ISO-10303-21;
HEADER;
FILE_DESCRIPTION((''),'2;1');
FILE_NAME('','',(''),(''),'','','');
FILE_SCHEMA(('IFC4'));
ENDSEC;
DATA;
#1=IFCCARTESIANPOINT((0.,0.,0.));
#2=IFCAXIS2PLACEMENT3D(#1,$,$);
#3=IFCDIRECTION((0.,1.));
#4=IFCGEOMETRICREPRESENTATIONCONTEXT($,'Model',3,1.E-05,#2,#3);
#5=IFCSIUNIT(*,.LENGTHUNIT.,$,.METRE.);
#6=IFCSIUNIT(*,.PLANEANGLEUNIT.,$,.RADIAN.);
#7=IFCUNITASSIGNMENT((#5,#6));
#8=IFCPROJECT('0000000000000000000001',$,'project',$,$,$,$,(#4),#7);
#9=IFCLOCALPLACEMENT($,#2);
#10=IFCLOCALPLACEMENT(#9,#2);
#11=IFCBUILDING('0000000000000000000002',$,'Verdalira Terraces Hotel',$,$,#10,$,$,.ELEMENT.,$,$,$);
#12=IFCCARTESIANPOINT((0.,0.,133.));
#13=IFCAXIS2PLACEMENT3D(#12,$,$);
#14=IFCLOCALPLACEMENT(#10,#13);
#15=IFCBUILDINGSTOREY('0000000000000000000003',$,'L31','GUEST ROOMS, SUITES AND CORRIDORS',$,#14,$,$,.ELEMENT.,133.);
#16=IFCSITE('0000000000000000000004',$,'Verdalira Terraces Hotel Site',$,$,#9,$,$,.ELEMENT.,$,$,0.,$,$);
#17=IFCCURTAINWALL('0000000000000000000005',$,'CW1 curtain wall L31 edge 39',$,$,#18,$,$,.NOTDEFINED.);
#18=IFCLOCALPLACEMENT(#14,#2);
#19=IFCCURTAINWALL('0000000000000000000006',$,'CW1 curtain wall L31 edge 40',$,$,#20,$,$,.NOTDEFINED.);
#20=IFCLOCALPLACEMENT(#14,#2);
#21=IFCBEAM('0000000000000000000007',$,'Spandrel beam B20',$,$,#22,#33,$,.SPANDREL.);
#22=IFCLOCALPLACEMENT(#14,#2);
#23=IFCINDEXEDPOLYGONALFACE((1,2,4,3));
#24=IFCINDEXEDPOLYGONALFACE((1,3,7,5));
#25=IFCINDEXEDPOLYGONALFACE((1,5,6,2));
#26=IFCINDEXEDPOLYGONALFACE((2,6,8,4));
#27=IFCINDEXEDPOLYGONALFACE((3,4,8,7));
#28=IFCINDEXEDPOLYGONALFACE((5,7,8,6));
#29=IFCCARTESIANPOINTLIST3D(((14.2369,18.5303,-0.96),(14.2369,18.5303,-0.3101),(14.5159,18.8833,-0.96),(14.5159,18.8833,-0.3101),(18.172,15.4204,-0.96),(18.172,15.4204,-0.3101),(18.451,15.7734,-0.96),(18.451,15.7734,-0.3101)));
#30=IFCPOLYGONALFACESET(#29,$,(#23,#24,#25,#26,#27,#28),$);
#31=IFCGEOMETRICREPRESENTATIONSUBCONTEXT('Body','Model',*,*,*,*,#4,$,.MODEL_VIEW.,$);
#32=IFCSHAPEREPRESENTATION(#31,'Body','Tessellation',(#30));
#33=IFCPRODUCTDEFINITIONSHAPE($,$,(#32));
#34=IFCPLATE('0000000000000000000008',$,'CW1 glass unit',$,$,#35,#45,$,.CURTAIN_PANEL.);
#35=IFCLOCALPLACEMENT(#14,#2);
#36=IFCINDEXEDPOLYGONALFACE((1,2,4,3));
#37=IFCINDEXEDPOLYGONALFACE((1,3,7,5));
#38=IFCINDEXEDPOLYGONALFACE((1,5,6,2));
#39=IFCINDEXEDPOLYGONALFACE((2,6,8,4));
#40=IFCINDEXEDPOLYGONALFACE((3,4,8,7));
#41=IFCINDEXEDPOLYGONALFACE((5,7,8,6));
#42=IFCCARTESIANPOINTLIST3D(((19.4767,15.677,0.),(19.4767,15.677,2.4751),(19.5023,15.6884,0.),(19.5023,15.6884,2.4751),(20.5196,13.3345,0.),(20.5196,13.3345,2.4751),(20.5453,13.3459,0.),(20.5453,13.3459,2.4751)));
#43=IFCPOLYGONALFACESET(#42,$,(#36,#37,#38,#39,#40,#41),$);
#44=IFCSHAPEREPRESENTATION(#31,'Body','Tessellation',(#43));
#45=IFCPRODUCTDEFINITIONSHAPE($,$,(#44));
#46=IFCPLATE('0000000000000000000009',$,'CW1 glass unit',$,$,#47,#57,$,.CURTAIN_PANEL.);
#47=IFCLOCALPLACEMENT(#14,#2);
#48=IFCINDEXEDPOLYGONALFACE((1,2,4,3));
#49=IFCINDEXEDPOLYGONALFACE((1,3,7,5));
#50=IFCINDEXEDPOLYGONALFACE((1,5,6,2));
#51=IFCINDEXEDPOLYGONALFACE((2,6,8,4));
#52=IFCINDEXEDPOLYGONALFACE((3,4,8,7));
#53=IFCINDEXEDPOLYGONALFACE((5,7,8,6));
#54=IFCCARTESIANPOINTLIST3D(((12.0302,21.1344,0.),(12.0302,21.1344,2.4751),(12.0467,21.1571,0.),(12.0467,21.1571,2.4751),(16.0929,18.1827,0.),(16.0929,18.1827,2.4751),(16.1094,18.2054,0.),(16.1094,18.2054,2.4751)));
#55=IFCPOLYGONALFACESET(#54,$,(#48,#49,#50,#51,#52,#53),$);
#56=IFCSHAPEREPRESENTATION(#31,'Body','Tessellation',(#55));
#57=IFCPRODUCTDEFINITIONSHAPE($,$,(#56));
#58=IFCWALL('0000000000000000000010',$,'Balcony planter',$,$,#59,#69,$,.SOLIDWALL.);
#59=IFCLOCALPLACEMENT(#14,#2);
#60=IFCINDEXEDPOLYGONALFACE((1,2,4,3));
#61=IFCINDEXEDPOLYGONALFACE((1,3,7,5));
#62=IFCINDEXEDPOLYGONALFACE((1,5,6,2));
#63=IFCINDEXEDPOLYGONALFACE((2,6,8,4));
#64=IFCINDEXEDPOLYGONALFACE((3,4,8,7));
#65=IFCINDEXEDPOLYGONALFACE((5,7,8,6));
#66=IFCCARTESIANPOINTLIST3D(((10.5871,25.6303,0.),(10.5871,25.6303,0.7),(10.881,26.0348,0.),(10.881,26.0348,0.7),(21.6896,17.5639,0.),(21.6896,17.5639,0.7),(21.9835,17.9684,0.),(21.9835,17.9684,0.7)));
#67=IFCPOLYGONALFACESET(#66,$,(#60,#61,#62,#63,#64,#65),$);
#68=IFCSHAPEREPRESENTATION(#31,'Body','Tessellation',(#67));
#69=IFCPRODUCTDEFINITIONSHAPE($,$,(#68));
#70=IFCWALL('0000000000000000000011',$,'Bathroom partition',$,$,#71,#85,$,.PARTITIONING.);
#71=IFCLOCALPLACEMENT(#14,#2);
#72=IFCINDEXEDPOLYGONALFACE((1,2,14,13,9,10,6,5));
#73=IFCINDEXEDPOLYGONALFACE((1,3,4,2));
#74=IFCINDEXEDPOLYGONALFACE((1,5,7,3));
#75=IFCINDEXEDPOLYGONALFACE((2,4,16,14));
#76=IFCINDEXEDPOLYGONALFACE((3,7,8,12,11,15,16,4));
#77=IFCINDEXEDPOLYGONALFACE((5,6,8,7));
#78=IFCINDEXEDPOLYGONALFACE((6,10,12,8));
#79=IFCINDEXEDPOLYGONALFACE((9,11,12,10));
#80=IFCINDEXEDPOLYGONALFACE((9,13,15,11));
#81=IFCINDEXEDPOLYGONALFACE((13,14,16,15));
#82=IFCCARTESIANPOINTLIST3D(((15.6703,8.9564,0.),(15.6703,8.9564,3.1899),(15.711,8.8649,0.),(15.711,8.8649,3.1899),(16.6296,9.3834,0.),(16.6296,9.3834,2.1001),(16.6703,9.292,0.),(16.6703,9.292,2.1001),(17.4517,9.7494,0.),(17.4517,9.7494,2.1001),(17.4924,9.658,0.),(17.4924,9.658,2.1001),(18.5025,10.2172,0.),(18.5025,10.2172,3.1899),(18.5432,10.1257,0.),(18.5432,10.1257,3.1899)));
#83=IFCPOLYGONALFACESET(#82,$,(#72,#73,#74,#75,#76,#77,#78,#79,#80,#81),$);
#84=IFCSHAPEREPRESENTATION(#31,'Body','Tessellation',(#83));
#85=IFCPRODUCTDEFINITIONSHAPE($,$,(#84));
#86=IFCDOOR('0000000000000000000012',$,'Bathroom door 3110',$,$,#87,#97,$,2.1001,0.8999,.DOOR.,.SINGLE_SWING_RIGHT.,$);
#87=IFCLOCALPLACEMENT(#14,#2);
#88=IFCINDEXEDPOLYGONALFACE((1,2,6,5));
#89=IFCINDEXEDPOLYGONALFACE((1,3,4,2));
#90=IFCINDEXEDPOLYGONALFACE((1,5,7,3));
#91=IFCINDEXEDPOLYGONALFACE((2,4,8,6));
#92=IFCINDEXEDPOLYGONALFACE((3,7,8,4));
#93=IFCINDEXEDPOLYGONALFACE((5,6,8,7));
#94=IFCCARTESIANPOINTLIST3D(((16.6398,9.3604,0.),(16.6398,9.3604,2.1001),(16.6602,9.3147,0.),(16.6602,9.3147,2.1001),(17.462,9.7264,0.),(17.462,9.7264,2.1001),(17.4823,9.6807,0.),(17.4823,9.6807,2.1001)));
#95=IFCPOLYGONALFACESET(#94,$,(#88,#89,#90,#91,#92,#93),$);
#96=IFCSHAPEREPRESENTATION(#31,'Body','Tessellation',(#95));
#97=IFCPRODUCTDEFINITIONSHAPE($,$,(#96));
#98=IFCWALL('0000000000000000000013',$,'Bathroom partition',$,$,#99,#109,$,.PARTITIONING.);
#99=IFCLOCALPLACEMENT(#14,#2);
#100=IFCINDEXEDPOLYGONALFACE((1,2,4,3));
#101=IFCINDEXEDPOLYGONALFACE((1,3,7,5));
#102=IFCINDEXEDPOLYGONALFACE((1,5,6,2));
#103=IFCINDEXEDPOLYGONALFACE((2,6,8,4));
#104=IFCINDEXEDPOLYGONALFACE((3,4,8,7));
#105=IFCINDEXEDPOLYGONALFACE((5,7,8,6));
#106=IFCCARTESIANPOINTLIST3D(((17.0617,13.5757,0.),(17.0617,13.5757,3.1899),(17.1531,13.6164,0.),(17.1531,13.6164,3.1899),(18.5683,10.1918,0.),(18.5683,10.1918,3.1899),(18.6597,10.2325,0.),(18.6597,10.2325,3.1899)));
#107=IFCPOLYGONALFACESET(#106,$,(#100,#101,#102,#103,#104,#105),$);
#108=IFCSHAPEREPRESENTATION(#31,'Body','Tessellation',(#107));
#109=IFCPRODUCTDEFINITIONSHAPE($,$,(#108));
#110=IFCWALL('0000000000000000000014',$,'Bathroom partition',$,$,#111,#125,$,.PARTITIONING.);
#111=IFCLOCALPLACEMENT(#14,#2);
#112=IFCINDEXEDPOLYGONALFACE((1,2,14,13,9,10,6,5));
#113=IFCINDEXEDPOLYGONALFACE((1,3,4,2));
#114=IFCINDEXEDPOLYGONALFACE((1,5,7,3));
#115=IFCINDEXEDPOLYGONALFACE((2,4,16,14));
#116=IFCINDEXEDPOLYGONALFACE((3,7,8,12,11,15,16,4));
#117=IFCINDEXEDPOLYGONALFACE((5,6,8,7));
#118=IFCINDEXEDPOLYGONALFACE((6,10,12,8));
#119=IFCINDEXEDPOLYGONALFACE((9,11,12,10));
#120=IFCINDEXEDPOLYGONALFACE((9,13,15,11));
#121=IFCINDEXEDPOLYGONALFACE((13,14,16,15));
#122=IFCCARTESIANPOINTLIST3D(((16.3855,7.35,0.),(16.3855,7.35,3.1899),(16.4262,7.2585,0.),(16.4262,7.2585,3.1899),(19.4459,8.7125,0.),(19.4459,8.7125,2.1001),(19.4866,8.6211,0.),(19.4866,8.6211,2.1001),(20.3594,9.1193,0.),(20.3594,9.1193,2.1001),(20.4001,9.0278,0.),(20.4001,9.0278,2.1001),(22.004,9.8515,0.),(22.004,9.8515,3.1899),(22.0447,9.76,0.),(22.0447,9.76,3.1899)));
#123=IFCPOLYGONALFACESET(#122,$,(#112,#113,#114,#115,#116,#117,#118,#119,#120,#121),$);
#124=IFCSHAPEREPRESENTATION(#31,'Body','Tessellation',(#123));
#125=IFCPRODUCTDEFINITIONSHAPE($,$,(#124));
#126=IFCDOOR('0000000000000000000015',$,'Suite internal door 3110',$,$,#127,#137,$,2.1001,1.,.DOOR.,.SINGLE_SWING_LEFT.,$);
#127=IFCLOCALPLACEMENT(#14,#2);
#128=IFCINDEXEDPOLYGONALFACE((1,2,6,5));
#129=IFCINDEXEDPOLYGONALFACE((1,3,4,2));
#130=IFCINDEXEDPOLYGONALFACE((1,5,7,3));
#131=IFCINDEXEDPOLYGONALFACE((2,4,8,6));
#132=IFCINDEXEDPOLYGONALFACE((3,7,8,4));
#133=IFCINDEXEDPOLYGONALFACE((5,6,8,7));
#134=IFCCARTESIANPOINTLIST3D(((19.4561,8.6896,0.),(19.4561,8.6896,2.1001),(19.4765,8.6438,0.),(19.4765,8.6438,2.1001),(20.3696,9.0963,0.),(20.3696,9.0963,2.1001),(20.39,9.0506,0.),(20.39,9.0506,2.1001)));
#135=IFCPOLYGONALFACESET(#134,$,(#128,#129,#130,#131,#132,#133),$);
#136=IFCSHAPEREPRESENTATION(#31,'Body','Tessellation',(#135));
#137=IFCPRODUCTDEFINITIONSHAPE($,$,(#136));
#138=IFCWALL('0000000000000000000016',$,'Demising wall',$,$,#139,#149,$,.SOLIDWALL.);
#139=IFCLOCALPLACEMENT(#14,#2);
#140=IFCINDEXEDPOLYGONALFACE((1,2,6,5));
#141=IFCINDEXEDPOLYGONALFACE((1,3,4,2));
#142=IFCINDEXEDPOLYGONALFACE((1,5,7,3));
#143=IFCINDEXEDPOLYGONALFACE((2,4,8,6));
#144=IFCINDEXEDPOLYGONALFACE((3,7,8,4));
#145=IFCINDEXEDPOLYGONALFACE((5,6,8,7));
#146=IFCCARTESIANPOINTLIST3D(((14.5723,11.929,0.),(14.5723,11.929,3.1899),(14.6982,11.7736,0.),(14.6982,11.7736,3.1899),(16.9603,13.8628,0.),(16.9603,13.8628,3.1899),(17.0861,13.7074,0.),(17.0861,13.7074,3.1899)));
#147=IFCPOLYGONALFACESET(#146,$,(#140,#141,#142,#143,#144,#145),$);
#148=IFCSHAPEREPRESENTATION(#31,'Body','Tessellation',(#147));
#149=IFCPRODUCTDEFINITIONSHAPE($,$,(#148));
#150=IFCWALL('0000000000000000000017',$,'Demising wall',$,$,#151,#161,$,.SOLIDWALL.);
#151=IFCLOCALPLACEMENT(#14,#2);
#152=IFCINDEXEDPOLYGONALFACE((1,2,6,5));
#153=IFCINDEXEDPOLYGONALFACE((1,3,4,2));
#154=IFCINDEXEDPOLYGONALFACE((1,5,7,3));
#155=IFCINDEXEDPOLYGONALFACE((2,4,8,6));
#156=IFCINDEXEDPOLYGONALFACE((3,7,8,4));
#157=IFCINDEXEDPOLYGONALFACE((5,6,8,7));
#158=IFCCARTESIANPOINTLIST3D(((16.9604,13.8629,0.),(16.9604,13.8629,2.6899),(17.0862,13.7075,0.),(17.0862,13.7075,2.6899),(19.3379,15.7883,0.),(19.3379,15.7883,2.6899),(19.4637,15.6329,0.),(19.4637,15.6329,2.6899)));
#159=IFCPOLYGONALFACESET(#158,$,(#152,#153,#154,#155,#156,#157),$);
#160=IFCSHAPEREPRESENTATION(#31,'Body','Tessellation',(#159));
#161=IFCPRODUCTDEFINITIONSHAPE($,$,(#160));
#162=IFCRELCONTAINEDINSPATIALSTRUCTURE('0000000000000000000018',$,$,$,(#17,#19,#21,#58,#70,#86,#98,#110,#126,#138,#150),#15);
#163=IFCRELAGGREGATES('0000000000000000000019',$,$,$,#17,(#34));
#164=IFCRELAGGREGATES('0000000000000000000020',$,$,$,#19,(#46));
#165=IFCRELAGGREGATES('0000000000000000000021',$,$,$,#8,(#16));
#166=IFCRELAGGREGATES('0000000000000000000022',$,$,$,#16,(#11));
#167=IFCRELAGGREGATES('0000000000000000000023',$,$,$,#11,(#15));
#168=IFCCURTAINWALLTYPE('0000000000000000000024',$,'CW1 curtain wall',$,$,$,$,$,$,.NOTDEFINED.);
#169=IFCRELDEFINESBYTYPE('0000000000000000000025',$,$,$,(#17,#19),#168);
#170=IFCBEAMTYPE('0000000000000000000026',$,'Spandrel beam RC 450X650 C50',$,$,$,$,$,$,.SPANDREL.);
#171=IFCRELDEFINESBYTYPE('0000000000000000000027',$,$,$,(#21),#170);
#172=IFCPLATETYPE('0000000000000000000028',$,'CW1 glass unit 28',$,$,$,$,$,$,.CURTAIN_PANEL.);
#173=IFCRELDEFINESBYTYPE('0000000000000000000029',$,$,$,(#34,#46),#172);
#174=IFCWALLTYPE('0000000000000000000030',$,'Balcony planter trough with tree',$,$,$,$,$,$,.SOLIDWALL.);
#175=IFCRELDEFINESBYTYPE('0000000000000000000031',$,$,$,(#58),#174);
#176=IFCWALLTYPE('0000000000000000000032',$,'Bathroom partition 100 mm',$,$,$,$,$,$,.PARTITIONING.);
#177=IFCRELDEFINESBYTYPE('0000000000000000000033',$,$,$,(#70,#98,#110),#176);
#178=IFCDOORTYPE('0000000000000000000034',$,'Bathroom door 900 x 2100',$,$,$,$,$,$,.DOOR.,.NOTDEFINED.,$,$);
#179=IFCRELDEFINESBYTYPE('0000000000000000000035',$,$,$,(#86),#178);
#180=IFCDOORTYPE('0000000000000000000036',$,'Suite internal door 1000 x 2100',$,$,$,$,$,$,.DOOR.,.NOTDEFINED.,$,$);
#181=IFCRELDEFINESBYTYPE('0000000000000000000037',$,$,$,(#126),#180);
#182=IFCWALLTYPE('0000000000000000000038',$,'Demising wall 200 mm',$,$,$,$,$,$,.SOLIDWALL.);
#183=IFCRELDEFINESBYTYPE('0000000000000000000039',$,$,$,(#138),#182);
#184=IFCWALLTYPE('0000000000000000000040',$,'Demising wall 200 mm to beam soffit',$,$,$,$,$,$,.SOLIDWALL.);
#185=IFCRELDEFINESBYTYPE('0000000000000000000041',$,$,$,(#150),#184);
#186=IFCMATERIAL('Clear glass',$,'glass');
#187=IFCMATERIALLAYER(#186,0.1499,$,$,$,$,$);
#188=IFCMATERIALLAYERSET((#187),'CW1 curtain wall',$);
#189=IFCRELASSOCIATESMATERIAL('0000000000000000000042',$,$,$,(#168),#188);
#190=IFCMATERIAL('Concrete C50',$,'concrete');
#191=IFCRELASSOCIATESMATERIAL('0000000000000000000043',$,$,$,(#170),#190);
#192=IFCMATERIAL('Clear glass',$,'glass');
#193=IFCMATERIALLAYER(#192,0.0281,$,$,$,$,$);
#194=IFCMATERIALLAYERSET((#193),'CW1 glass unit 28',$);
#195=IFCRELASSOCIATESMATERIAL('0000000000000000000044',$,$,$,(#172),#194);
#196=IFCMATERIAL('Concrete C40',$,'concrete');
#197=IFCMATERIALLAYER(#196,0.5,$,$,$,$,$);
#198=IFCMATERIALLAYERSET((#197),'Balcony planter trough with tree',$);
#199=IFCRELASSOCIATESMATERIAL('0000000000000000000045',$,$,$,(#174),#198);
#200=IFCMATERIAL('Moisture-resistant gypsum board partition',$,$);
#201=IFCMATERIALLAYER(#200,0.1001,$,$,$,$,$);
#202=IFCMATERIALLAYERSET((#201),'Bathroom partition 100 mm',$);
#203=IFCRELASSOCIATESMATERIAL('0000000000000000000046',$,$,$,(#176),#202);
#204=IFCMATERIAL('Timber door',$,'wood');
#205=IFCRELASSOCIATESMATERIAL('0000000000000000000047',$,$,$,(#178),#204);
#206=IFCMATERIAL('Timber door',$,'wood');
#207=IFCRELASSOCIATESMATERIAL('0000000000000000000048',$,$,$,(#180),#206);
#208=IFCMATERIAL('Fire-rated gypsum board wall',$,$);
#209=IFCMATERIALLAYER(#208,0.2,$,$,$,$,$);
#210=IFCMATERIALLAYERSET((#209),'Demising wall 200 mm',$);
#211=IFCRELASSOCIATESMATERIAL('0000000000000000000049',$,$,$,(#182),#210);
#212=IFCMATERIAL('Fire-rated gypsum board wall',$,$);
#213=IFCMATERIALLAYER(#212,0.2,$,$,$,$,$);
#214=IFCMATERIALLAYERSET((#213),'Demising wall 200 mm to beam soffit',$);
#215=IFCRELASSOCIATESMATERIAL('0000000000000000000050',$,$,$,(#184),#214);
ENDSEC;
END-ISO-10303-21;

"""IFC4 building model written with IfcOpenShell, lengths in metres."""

from ifc_helpers import new_model, si_unit, direction, frame, frame_2d, origin, origin_2d, place, context, subcontext, project, spatial, rectangle, extrude, material, layer, layer_set, material_profile, profile_set, type_object, element, fill, aggregate, save


model = new_model("IFC4")

# Units and contexts
model_context = context("Model", 3, precision=1e-05, world=origin(), true_north=direction((0.0, 1.0)))
body_context = subcontext(model_context, "Body", "Model", "MODEL_VIEW")
ifc_project = project(units=[si_unit("LENGTHUNIT", "METRE"), si_unit("PLANEANGLEUNIT", "RADIAN")], contexts=[model_context])

# Site, building, storey
site_placement = place(None, origin())
site = spatial("IfcSite", under=ifc_project, at=site_placement, Name="Verdalira Terraces Hotel Site", CompositionType="ELEMENT", RefElevation=0.0)
building_placement = place(site_placement, origin())
building = spatial("IfcBuilding", under=site, at=building_placement, Name="Verdalira Terraces Hotel", CompositionType="ELEMENT")
storey_placement = place(building_placement, frame((0.0, 0.0, 133.0)))
storey = spatial("IfcBuildingStorey", under=building, at=storey_placement, Name="L31", Description="GUEST ROOMS, SUITES AND CORRIDORS", CompositionType="ELEMENT", Elevation=133.0)

# Curtain wall
ifc_material_1 = material(Name="Clear glass", Category="glass")
ifc_layer_1 = layer(ifc_material_1, 0.1499)
ifc_layer_set_1 = layer_set([ifc_layer_1], Name="CW1 curtain wall")
curtain_wall_type = type_object("IfcCurtainWallType", Name="CW1 curtain wall", PredefinedType="NOTDEFINED", material=ifc_layer_set_1)
curtain_wall_1_placement = place(storey_placement, origin())
curtain_wall_1 = element("IfcCurtainWall", 1, at=curtain_wall_1_placement, inside=storey, type_object=curtain_wall_type, Name="CW1 curtain wall L31 edge 39", PredefinedType="NOTDEFINED")

# Curtain wall
curtain_wall_2_placement = place(storey_placement, origin())
curtain_wall_2 = element("IfcCurtainWall", 2, at=curtain_wall_2_placement, inside=storey, type_object=curtain_wall_type, Name="CW1 curtain wall L31 edge 40", PredefinedType="NOTDEFINED")

# Beam
ifc_material_2 = material(Name="Concrete C50", Category="concrete")
ifc_material_profile_1 = material_profile(ifc_material_2, rectangle(XDim=0.45, YDim=0.6499, at=origin_2d()), Name="RC 450X650")
ifc_profile_set_1 = profile_set([ifc_material_profile_1], Name="Concrete C50")
beam_type_1 = type_object("IfcBeamType", Name="Spandrel beam RC 450X650 C50", PredefinedType="SPANDREL", material=ifc_profile_set_1)
beam_1_placement = place(storey_placement, frame((18.3115, 15.5969, -0.635), z_axis=(-0.784569, 0.620042, 0.0), x_axis=(-0.620042, -0.784569, 0.0)))
element("IfcBeam", 3, at=beam_1_placement, inside=storey, type_object=beam_type_1, Name="Spandrel beam B20", PredefinedType="SPANDREL", context=body_context, shape_type="SweptSolid", body=[
    extrude(rectangle(XDim=0.45, YDim=0.6499, at=origin_2d()), origin(), (0.0, 0.0, 1.0), 5.0156),
])

# Plates
ifc_material_3 = material(Name="Clear glass", Category="glass")
ifc_layer_2 = layer(ifc_material_3, 0.0281)
ifc_layer_set_2 = layer_set([ifc_layer_2], Name="CW1 glass unit 28")
plate_type = type_object("IfcPlateType", Name="CW1 glass unit 28", PredefinedType="CURTAIN_PANEL", material=ifc_layer_set_2)
plate_1_placement = place(storey_placement, frame((20.011, 14.5115, 0.0), z_axis=(0.0, 0.0, 1.0), x_axis=(-0.406737, 0.913545, 0.0)))
plate_1 = element("IfcPlate", 4, at=plate_1_placement, type_object=plate_type, Name="CW1 glass unit", PredefinedType="CURTAIN_PANEL", context=body_context, shape_type="SweptSolid", body=[
    extrude(rectangle(XDim=2.5642, YDim=0.0281, at=origin_2d()), origin(), (0.0, 0.0, 1.0), 2.4751),
])
aggregate(curtain_wall_1, [plate_1])
plate_2_placement = place(storey_placement, frame((14.0698, 19.6699, 0.0), z_axis=(0.0, 0.0, 1.0), x_axis=(-0.809017, 0.587785, 0.0)))
plate_2 = element("IfcPlate", 5, at=plate_2_placement, type_object=plate_type, Name="CW1 glass unit", PredefinedType="CURTAIN_PANEL", context=body_context, shape_type="SweptSolid", body=[
    extrude(rectangle(XDim=5.0217, YDim=0.0281, at=origin_2d()), origin(), (0.0, 0.0, 1.0), 2.4751),
])
aggregate(curtain_wall_2, [plate_2])

# Wall
ifc_material_4 = material(Name="Concrete C40", Category="concrete")
ifc_layer_3 = layer(ifc_material_4, 0.5)
ifc_layer_set_3 = layer_set([ifc_layer_3], Name="Balcony planter trough with tree")
wall_type_1 = type_object("IfcWallType", Name="Balcony planter trough with tree", PredefinedType="SOLIDWALL", material=ifc_layer_set_3)
wall_1_placement = place(storey_placement, frame((21.8367, 17.7661, 0.0), z_axis=(0.0, 0.0, 1.0), x_axis=(-0.809019, 0.587782, 0.0)))
element("IfcWall", 6, at=wall_1_placement, inside=storey, type_object=wall_type_1, Name="Balcony planter", PredefinedType="SOLIDWALL", context=body_context, shape_type="SweptSolid", body=[
    extrude(rectangle(XDim=13.7234, YDim=0.5, at=frame_2d((6.8618, 0.0))), origin(), (0.0, 0.0, 1.0), 0.7),
])

# Wall, opening, door
ifc_material_5 = material(Name="Moisture-resistant gypsum board partition")
ifc_layer_4 = layer(ifc_material_5, 0.1001)
ifc_layer_set_4 = layer_set([ifc_layer_4], Name="Bathroom partition 100 mm")
wall_type_2 = type_object("IfcWallType", Name="Bathroom partition 100 mm", PredefinedType="PARTITIONING", material=ifc_layer_set_4)
wall_2_placement = place(storey_placement, frame((15.6907, 8.9106, 0.0), z_axis=(0.0, 0.0, 1.0), x_axis=(0.913565, 0.406694, 0.0)))
wall_2 = element("IfcWall", 7, at=wall_2_placement, inside=storey, type_object=wall_type_2, Name="Bathroom partition", PredefinedType="PARTITIONING", context=body_context, shape_type="SweptSolid", body=[
    extrude(rectangle(XDim=3.1001, YDim=0.1001, at=frame_2d((1.55, 0.0))), origin(), (0.0, 0.0, 1.0), 3.1899),
])
opening_1_placement = place(wall_2_placement, frame((1.05, 0.0, 0.0)))
opening_1 = element("IfcOpeningElement", 8, at=opening_1_placement, cuts=wall_2, PredefinedType="OPENING", context=body_context, shape_type="SweptSolid", body=[
    extrude(rectangle(XDim=0.8999, YDim=2.1001, at=frame_2d((0.45, 1.05))), frame((0.0, 0.0601, 0.0), z_axis=(0.0, -1.0, 0.0), x_axis=(1.0, 0.0, 0.0)), (0.0, 0.0, 1.0), 0.1201),
])
ifc_material_6 = material(Name="Timber door", Category="wood")
door_type_1 = type_object("IfcDoorType", Name="Bathroom door 900 x 2100", OperationType="NOTDEFINED", PredefinedType="DOOR", material=ifc_material_6)
door_1_placement = place(opening_1_placement, origin())
door_1 = element("IfcDoor", 9, at=door_1_placement, inside=storey, type_object=door_type_1, Name="Bathroom door 3110", OperationType="SINGLE_SWING_RIGHT", OverallHeight=2.1001, OverallWidth=0.8999, PredefinedType="DOOR", context=body_context, shape_type="SweptSolid", body=[
    extrude(rectangle(XDim=0.8999, YDim=2.1001, at=frame_2d((0.45, 1.05))), frame((0.0, 0.0249, 0.0), z_axis=(0.0, -1.0, 0.0), x_axis=(1.0, 0.0, 0.0)), (0.0, 0.0, 1.0), 0.05),
])
fill(opening_1, door_1)

# Wall
wall_3_placement = place(storey_placement, frame((18.614, 10.2122, 0.0), z_axis=(0.0, 0.0, 1.0), x_axis=(-0.406744, 0.913542, 0.0)))
element("IfcWall", 10, at=wall_3_placement, inside=storey, type_object=wall_type_2, Name="Bathroom partition", PredefinedType="PARTITIONING", context=body_context, shape_type="SweptSolid", body=[
    extrude(rectangle(XDim=3.7041, YDim=0.1001, at=frame_2d((1.8521, 0.0))), origin(), (0.0, 0.0, 1.0), 3.1899),
])

# Wall, opening, door
wall_4_placement = place(storey_placement, frame((16.4058, 7.3042, 0.0), z_axis=(0.0, 0.0, 1.0), x_axis=(0.913546, 0.406735, 0.0)))
wall_4 = element("IfcWall", 11, at=wall_4_placement, inside=storey, type_object=wall_type_2, Name="Bathroom partition", PredefinedType="PARTITIONING", context=body_context, shape_type="SweptSolid", body=[
    extrude(rectangle(XDim=6.1501, YDim=0.1001, at=frame_2d((3.0752, 0.0))), origin(), (0.0, 0.0, 1.0), 3.1899),
])
opening_2_placement = place(wall_4_placement, frame((3.3501, 0.0, 0.0)))
opening_2 = element("IfcOpeningElement", 12, at=opening_2_placement, cuts=wall_4, PredefinedType="OPENING", context=body_context, shape_type="SweptSolid", body=[
    extrude(rectangle(XDim=1.0, YDim=2.1001, at=frame_2d((0.5, 1.05))), frame((0.0, 0.0601, 0.0), z_axis=(0.0, -1.0, 0.0), x_axis=(1.0, 0.0, 0.0)), (0.0, 0.0, 1.0), 0.1201),
])
ifc_material_7 = material(Name="Timber door", Category="wood")
door_type_2 = type_object("IfcDoorType", Name="Suite internal door 1000 x 2100", OperationType="NOTDEFINED", PredefinedType="DOOR", material=ifc_material_7)
door_2_placement = place(opening_2_placement, origin())
door_2 = element("IfcDoor", 13, at=door_2_placement, inside=storey, type_object=door_type_2, Name="Suite internal door 3110", OperationType="SINGLE_SWING_LEFT", OverallHeight=2.1001, OverallWidth=1.0, PredefinedType="DOOR", context=body_context, shape_type="SweptSolid", body=[
    extrude(rectangle(XDim=1.0, YDim=2.1001, at=frame_2d((0.5, 1.05))), frame((0.0, 0.0249, 0.0), z_axis=(0.0, -1.0, 0.0), x_axis=(1.0, 0.0, 0.0)), (0.0, 0.0, 1.0), 0.05),
])
fill(opening_2, door_2)

# Walls
ifc_material_8 = material(Name="Fire-rated gypsum board wall")
ifc_layer_5 = layer(ifc_material_8, 0.2)
ifc_layer_set_5 = layer_set([ifc_layer_5], Name="Demising wall 200 mm")
wall_type_3 = type_object("IfcWallType", Name="Demising wall 200 mm", PredefinedType="SOLIDWALL", material=ifc_layer_set_5)
wall_5_placement = place(storey_placement, frame((14.6353, 11.8513, 0.0), z_axis=(0.0, 0.0, 1.0), x_axis=(0.777126, 0.629344, 0.0)))
element("IfcWall", 14, at=wall_5_placement, inside=storey, type_object=wall_type_3, Name="Demising wall", PredefinedType="SOLIDWALL", context=body_context, shape_type="SweptSolid", body=[
    extrude(rectangle(XDim=3.0728, YDim=0.2, at=frame_2d((1.5364, 0.0))), origin(), (0.0, 0.0, 1.0), 3.1899),
])
ifc_material_9 = material(Name="Fire-rated gypsum board wall")
ifc_layer_6 = layer(ifc_material_9, 0.2)
ifc_layer_set_6 = layer_set([ifc_layer_6], Name="Demising wall 200 mm to beam soffit")
wall_type_4 = type_object("IfcWallType", Name="Demising wall 200 mm to beam soffit", PredefinedType="SOLIDWALL", material=ifc_layer_set_6)
wall_6_placement = place(storey_placement, frame((17.0232, 13.7852, 0.0), z_axis=(0.0, 0.0, 1.0), x_axis=(0.777133, 0.629336, 0.0)))
element("IfcWall", 15, at=wall_6_placement, inside=storey, type_object=wall_type_4, Name="Demising wall", PredefinedType="SOLIDWALL", context=body_context, shape_type="SweptSolid", body=[
    extrude(rectangle(XDim=3.0593, YDim=0.2, at=frame_2d((1.5298, 0.0))), origin(), (0.0, 0.0, 1.0), 2.6899),
])

save(model, "model.ifc")
